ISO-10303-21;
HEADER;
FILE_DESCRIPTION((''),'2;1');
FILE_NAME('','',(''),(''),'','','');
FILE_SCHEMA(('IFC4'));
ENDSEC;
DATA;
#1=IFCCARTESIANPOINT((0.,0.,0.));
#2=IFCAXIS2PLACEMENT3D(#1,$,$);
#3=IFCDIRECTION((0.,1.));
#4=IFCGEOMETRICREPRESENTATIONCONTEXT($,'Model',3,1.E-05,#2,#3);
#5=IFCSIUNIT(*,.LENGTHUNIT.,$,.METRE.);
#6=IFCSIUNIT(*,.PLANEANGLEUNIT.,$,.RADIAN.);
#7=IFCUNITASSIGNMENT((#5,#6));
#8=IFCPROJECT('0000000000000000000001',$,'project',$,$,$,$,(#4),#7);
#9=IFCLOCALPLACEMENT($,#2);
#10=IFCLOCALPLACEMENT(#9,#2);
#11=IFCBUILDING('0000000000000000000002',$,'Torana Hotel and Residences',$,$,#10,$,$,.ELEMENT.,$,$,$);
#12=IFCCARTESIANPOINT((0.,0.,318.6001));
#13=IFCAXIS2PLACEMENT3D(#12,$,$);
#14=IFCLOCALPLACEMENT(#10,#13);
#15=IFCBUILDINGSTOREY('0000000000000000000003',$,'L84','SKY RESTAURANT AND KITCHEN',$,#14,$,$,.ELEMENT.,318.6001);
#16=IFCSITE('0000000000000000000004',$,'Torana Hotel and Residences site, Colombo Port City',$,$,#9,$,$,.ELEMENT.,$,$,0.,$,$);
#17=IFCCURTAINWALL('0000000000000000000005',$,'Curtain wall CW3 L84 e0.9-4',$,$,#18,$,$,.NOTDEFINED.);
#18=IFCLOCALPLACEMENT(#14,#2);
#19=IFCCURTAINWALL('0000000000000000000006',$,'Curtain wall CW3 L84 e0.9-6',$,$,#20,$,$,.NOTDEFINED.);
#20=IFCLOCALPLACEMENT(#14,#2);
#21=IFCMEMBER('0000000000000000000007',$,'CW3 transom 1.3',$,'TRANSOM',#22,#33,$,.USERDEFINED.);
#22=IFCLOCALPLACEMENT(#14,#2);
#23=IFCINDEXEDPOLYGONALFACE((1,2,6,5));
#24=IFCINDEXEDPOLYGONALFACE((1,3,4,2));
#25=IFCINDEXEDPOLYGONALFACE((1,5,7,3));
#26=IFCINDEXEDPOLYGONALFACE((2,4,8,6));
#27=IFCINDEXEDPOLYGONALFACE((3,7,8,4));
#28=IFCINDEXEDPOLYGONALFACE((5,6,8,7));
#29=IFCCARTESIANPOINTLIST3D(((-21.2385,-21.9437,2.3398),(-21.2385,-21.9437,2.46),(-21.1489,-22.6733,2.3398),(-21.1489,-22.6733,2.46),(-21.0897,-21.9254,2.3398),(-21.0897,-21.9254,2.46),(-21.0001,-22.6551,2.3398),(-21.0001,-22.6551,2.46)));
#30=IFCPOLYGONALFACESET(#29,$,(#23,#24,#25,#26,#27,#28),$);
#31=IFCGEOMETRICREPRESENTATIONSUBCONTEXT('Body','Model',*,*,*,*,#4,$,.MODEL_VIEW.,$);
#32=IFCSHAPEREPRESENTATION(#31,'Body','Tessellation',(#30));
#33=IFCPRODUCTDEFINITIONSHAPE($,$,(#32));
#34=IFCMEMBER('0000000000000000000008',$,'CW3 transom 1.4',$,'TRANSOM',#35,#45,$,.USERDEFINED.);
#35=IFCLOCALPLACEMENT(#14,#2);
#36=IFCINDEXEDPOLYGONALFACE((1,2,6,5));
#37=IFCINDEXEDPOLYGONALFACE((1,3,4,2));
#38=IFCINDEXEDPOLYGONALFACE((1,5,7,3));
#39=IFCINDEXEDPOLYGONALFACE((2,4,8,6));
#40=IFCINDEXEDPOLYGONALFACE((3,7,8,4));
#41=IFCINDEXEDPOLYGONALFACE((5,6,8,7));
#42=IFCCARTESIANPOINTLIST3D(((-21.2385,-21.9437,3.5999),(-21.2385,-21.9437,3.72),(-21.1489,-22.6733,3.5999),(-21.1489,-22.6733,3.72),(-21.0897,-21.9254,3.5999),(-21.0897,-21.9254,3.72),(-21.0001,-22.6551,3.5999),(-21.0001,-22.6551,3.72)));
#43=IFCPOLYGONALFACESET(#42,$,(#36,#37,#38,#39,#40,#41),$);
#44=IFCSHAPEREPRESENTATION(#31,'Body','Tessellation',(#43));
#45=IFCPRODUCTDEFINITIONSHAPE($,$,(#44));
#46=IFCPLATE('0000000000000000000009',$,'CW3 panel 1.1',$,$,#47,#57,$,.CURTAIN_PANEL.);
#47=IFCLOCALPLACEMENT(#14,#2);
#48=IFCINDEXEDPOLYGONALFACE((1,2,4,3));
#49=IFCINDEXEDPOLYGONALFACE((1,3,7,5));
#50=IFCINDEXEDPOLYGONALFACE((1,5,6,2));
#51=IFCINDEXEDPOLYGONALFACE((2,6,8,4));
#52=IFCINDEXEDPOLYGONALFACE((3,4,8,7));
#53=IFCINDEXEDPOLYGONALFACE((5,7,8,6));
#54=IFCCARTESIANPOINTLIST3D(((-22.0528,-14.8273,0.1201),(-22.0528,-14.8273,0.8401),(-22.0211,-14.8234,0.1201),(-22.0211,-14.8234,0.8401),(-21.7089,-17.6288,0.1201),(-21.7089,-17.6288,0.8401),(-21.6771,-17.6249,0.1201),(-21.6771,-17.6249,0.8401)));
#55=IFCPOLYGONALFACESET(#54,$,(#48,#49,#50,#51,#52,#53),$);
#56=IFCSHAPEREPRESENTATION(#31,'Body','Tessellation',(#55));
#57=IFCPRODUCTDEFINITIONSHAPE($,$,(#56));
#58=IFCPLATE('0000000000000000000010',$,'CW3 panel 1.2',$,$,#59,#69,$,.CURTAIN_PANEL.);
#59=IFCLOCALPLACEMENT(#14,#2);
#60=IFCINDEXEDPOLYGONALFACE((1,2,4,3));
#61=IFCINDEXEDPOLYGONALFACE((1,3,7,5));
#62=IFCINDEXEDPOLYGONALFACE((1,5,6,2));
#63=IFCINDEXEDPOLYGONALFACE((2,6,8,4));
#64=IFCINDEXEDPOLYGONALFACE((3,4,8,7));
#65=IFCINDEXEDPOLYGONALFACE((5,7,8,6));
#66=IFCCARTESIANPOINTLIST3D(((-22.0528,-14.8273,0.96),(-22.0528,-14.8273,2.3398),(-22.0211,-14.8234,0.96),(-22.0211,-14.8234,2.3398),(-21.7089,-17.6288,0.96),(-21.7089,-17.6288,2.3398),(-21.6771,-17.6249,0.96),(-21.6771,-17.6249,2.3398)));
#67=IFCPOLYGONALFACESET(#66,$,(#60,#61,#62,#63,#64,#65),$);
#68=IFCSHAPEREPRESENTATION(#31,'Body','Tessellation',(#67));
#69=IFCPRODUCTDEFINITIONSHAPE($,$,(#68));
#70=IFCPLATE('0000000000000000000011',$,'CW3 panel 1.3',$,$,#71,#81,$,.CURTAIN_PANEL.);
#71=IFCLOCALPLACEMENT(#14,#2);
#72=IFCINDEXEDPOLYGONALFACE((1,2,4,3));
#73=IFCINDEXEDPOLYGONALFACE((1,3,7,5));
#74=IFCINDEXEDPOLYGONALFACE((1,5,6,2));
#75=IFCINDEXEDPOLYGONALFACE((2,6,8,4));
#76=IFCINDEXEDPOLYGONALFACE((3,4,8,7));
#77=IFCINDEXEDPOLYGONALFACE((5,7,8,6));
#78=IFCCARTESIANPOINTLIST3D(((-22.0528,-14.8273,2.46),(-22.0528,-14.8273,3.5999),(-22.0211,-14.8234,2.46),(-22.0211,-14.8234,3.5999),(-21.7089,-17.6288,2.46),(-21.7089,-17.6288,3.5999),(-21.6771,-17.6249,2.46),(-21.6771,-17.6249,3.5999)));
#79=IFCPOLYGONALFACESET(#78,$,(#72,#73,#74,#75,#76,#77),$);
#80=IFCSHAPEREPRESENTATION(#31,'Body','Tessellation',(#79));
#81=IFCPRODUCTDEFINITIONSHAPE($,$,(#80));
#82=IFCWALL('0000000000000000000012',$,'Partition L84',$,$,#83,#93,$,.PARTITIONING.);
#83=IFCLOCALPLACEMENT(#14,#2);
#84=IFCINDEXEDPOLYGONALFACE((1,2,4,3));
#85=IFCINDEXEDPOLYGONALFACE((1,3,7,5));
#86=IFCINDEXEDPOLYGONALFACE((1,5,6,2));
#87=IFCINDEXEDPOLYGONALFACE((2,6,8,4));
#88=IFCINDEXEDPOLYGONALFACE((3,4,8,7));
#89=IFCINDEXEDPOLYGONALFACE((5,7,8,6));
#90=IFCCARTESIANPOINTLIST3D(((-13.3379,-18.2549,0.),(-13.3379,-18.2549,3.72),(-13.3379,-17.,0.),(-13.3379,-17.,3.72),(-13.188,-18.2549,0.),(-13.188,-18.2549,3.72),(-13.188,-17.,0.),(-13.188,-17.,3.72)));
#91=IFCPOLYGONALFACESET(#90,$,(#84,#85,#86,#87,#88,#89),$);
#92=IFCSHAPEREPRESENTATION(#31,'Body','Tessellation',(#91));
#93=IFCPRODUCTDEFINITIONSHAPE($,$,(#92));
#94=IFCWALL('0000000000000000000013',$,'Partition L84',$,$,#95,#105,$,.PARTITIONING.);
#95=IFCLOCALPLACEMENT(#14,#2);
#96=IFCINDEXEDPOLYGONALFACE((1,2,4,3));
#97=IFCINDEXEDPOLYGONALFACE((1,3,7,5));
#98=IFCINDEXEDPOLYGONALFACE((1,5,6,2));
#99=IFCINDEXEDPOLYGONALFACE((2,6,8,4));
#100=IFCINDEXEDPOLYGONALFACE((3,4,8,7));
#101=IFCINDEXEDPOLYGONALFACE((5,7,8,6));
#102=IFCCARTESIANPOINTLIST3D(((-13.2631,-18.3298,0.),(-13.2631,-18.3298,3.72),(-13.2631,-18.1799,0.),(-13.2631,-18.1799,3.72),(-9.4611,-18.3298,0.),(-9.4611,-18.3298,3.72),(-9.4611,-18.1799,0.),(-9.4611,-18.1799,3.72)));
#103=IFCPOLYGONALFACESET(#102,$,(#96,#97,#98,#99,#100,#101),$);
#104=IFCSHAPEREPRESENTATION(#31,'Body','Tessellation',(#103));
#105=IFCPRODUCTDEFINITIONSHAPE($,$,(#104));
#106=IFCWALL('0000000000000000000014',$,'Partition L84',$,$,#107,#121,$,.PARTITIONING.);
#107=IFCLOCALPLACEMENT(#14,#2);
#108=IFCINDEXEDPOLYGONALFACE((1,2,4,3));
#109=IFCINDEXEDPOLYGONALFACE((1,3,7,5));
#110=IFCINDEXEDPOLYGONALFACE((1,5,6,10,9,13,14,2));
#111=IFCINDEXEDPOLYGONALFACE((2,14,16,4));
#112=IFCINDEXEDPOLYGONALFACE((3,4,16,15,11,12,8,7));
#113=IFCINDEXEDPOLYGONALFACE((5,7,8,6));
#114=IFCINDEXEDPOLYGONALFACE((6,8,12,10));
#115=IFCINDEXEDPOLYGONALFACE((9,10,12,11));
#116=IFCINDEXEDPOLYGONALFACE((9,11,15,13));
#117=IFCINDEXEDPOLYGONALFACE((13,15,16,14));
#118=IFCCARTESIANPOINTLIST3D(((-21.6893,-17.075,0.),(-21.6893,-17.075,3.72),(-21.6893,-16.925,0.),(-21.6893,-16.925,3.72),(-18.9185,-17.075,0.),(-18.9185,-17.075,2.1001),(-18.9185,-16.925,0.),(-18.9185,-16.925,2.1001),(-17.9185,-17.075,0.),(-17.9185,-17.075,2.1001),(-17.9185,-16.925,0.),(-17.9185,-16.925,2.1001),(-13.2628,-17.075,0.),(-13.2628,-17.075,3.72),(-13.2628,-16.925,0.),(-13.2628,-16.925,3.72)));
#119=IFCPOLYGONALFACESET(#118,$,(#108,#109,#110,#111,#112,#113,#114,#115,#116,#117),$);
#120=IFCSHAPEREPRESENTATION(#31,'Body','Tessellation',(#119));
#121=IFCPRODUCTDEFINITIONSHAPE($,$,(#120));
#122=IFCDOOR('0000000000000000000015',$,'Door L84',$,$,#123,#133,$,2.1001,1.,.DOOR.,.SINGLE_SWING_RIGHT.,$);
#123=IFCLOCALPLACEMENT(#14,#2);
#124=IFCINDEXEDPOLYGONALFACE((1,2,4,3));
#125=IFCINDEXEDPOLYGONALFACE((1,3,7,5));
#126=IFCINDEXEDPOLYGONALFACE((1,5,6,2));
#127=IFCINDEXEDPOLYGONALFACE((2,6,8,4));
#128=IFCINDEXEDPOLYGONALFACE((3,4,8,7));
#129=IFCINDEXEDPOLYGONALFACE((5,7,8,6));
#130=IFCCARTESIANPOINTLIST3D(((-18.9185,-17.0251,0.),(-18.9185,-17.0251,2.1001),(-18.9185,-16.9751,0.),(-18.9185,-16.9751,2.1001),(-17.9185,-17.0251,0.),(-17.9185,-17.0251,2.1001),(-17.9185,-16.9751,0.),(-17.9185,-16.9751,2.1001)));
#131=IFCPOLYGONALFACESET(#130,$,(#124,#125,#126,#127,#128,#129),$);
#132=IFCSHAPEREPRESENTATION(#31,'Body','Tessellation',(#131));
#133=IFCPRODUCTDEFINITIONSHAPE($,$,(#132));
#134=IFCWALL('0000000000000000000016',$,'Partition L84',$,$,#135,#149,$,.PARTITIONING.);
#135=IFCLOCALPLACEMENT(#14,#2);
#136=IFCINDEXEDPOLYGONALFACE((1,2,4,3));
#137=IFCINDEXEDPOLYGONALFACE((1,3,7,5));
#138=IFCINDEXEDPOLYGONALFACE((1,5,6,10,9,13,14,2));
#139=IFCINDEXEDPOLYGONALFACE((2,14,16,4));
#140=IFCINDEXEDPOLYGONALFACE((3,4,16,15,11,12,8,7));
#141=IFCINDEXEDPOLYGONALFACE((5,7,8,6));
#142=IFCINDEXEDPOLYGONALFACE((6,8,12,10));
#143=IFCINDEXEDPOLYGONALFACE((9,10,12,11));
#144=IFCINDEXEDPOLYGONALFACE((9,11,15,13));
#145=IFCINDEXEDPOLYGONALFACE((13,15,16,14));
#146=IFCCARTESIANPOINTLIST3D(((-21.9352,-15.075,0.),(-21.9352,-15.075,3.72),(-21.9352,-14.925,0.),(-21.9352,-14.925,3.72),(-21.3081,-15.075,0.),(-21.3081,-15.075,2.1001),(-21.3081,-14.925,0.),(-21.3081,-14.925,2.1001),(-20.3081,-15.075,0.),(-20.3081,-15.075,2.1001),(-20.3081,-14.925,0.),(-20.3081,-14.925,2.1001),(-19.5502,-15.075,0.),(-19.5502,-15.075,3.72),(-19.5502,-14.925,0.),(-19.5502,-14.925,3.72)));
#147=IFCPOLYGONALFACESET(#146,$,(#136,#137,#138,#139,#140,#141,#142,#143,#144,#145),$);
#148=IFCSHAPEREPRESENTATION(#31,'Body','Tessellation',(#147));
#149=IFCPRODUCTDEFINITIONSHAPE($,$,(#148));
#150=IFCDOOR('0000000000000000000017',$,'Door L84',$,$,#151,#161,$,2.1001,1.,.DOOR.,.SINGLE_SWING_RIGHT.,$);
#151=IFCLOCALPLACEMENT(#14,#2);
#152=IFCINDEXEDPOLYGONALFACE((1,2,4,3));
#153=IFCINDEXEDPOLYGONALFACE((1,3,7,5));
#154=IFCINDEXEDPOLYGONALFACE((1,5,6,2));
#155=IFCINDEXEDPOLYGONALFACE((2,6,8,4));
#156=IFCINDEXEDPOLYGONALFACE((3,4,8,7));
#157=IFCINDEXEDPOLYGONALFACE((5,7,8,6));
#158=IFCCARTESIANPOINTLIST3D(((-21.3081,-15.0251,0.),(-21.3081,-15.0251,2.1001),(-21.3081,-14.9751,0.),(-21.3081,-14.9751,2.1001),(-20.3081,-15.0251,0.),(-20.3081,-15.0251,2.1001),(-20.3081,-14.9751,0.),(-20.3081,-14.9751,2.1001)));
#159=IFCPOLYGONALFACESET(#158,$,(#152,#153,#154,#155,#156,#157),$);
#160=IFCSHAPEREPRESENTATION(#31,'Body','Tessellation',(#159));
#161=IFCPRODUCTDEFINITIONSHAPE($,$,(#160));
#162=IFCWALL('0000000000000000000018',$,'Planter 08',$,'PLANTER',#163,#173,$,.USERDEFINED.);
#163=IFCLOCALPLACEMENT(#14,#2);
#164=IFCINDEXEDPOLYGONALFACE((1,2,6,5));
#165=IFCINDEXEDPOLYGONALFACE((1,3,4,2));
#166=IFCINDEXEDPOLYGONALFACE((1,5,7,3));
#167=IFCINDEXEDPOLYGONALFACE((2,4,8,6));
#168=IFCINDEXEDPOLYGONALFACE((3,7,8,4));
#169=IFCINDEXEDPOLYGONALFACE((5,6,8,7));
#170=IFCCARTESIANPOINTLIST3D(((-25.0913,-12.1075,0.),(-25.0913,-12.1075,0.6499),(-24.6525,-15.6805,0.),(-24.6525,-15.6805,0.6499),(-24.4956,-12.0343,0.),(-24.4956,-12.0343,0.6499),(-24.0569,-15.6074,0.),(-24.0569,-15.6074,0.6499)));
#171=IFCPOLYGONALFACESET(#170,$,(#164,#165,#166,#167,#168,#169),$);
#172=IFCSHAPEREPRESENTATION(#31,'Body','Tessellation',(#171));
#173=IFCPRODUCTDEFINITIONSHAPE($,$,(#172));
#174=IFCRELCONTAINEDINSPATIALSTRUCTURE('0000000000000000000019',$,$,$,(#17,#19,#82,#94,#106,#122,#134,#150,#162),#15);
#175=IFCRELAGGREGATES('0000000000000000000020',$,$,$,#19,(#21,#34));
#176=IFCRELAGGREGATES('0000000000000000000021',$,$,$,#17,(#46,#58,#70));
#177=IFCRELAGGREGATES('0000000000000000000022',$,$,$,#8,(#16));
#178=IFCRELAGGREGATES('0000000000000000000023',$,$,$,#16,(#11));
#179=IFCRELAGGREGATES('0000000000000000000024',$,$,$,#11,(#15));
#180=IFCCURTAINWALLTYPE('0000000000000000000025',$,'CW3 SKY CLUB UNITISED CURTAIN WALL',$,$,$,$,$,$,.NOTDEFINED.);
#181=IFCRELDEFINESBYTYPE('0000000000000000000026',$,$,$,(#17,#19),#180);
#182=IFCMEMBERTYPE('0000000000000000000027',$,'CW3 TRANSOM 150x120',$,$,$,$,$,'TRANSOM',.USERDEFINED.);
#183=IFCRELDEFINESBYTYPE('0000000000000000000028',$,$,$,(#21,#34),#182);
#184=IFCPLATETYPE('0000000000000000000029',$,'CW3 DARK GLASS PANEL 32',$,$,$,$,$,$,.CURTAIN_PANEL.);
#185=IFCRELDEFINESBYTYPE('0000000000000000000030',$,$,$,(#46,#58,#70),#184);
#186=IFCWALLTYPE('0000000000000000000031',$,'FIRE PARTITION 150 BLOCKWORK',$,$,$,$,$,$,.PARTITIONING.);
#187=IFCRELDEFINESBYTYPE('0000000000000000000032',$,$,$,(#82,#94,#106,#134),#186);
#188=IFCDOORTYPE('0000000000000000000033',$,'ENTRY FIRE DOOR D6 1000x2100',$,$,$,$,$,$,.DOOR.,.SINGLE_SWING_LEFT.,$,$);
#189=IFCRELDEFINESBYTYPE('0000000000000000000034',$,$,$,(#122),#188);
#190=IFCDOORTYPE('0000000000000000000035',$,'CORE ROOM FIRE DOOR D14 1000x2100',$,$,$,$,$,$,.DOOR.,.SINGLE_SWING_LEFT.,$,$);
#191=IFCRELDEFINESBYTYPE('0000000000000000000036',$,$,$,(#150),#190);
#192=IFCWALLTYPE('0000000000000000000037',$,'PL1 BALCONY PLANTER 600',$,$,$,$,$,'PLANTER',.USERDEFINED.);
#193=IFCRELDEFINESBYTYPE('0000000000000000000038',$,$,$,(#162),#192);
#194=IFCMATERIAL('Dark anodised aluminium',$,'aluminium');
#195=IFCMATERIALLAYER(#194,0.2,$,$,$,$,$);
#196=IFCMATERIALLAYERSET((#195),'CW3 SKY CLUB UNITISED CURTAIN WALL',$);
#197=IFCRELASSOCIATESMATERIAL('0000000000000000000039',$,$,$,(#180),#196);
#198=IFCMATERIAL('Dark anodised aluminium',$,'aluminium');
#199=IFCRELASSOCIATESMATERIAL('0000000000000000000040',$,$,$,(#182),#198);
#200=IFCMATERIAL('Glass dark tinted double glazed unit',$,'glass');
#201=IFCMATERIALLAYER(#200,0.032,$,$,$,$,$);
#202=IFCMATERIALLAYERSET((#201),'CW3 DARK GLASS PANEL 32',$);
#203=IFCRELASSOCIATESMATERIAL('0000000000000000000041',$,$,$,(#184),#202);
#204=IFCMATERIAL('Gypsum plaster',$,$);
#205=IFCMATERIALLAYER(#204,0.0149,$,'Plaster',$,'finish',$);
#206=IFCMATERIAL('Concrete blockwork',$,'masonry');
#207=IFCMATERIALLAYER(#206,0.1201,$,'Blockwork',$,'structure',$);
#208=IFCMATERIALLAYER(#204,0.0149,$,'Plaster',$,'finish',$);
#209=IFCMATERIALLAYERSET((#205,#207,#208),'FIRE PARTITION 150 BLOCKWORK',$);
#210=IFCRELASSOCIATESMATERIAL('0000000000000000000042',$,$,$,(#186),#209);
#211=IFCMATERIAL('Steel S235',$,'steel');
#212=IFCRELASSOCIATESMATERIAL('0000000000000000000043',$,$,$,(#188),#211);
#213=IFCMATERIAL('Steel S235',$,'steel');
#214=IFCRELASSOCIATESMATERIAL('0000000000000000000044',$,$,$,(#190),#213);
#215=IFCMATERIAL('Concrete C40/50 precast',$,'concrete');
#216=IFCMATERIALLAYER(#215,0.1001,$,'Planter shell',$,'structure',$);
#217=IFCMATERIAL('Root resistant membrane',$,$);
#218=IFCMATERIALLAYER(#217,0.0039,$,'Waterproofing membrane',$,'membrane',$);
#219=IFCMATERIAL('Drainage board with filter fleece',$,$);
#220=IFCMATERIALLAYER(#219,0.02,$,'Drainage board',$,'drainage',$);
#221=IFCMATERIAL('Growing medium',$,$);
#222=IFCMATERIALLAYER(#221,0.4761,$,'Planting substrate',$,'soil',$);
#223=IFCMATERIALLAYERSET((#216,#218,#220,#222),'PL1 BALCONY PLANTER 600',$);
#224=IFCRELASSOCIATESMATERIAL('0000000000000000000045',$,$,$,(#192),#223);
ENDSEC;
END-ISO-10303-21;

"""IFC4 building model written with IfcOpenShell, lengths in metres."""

from ifc_helpers import new_model, si_unit, direction, frame, frame_2d, origin, origin_2d, place, context, subcontext, project, spatial, rectangle, extrude, material, layer, layer_set, material_profile, profile_set, type_object, element, fill, aggregate, save


model = new_model("IFC4")

# Units and contexts
model_context = context("Model", 3, precision=1e-05, world=origin(), true_north=direction((0.0, 1.0)))
body_context = subcontext(model_context, "Body", "Model", "MODEL_VIEW")
ifc_project = project(units=[si_unit("LENGTHUNIT", "METRE"), si_unit("PLANEANGLEUNIT", "RADIAN")], contexts=[model_context])

# Site, building, storey
site_placement = place(None, origin())
site = spatial("IfcSite", under=ifc_project, at=site_placement, Name="Torana Hotel and Residences site, Colombo Port City", CompositionType="ELEMENT", RefElevation=0.0)
building_placement = place(site_placement, origin())
building = spatial("IfcBuilding", under=site, at=building_placement, Name="Torana Hotel and Residences", CompositionType="ELEMENT")
storey_placement = place(building_placement, frame((0.0, 0.0, 318.6001)))
storey = spatial("IfcBuildingStorey", under=building, at=storey_placement, Name="L84", Description="SKY RESTAURANT AND KITCHEN", CompositionType="ELEMENT", Elevation=318.6001)

# Curtain wall
ifc_material_1 = material(Name="Dark anodised aluminium", Category="aluminium")
ifc_layer_1 = layer(ifc_material_1, 0.2)
ifc_layer_set_1 = layer_set([ifc_layer_1], Name="CW3 SKY CLUB UNITISED CURTAIN WALL")
curtain_wall_type = type_object("IfcCurtainWallType", Name="CW3 SKY CLUB UNITISED CURTAIN WALL", PredefinedType="NOTDEFINED", material=ifc_layer_set_1)
curtain_wall_1_placement = place(storey_placement, origin())
curtain_wall_1 = element("IfcCurtainWall", 1, at=curtain_wall_1_placement, inside=storey, type_object=curtain_wall_type, Name="Curtain wall CW3 L84 e0.9-4", PredefinedType="NOTDEFINED")

# Curtain wall, members
curtain_wall_2_placement = place(storey_placement, origin())
curtain_wall_2 = element("IfcCurtainWall", 2, at=curtain_wall_2_placement, inside=storey, type_object=curtain_wall_type, Name="Curtain wall CW3 L84 e0.9-6", PredefinedType="NOTDEFINED")
ifc_material_2 = material(Name="Dark anodised aluminium", Category="aluminium")
ifc_material_profile_1 = material_profile(ifc_material_2, rectangle(XDim=0.1499, YDim=0.1201, at=origin_2d()), Name="CW3 TRANSOM 150x120")
ifc_profile_set_1 = profile_set([ifc_material_profile_1], Name="Dark anodised aluminium")
member_type_1 = type_object("IfcMemberType", Name="CW3 TRANSOM 150x120", ElementType="TRANSOM", PredefinedType="USERDEFINED", material=ifc_profile_set_1)
member_1_placement = place(storey_placement, frame((-21.1641, -21.9346, 2.3999), z_axis=(0.121868, -0.992546, 0.0), x_axis=(0.992546, 0.121868, 0.0)))
member_1 = element("IfcMember", 3, at=member_1_placement, type_object=member_type_1, Name="CW3 transom 1.3", ObjectType="TRANSOM", PredefinedType="USERDEFINED", context=body_context, shape_type="SweptSolid", body=[
    extrude(rectangle(XDim=0.1499, YDim=0.1201, at=origin_2d()), origin(), (0.0, 0.0, 1.0), 0.7351),
])
member_2_placement = place(storey_placement, frame((-21.1641, -21.9346, 3.6599), z_axis=(0.121868, -0.992546, 0.0), x_axis=(0.992546, 0.121868, 0.0)))
member_2 = element("IfcMember", 4, at=member_2_placement, type_object=member_type_1, Name="CW3 transom 1.4", ObjectType="TRANSOM", PredefinedType="USERDEFINED", context=body_context, shape_type="SweptSolid", body=[
    extrude(rectangle(XDim=0.1499, YDim=0.1201, at=origin_2d()), origin(), (0.0, 0.0, 1.0), 0.7351),
])
aggregate(curtain_wall_2, [member_1, member_2])

# Plates
ifc_material_3 = material(Name="Glass dark tinted double glazed unit", Category="glass")
ifc_layer_2 = layer(ifc_material_3, 0.032)
ifc_layer_set_2 = layer_set([ifc_layer_2], Name="CW3 DARK GLASS PANEL 32")
plate_type = type_object("IfcPlateType", Name="CW3 DARK GLASS PANEL 32", PredefinedType="CURTAIN_PANEL", material=ifc_layer_set_2)
plate_1_placement = place(storey_placement, frame((-21.865, -16.2261, 0.1201), z_axis=(0.0, 0.0, 1.0), x_axis=(0.121857, -0.992548, 0.0)))
plate_1 = element("IfcPlate", 5, at=plate_1_placement, type_object=plate_type, Name="CW3 panel 1.1", PredefinedType="CURTAIN_PANEL", context=body_context, shape_type="SweptSolid", body=[
    extrude(rectangle(XDim=2.8225, YDim=0.032, at=origin_2d()), origin(), (0.0, 0.0, 1.0), 0.72),
])
plate_2_placement = place(storey_placement, frame((-21.865, -16.2261, 0.96), z_axis=(0.0, 0.0, 1.0), x_axis=(0.121857, -0.992548, 0.0)))
plate_2 = element("IfcPlate", 6, at=plate_2_placement, type_object=plate_type, Name="CW3 panel 1.2", PredefinedType="CURTAIN_PANEL", context=body_context, shape_type="SweptSolid", body=[
    extrude(rectangle(XDim=2.8225, YDim=0.032, at=origin_2d()), origin(), (0.0, 0.0, 1.0), 1.3799),
])
plate_3_placement = place(storey_placement, frame((-21.865, -16.2261, 2.46), z_axis=(0.0, 0.0, 1.0), x_axis=(0.121857, -0.992548, 0.0)))
plate_3 = element("IfcPlate", 7, at=plate_3_placement, type_object=plate_type, Name="CW3 panel 1.3", PredefinedType="CURTAIN_PANEL", context=body_context, shape_type="SweptSolid", body=[
    extrude(rectangle(XDim=2.8225, YDim=0.032, at=origin_2d()), origin(), (0.0, 0.0, 1.0), 1.1399),
])
aggregate(curtain_wall_1, [plate_1, plate_2, plate_3])

# Walls
ifc_material_4 = material(Name="Gypsum plaster")
ifc_layer_3 = layer(ifc_material_4, 0.0149, Name="Plaster", Category="finish")
ifc_material_5 = material(Name="Concrete blockwork", Category="masonry")
ifc_layer_4 = layer(ifc_material_5, 0.1201, Name="Blockwork", Category="structure")
ifc_layer_5 = layer(ifc_material_4, 0.0149, Name="Plaster", Category="finish")
ifc_layer_set_3 = layer_set([ifc_layer_3, ifc_layer_4, ifc_layer_5], Name="FIRE PARTITION 150 BLOCKWORK")
wall_type_1 = type_object("IfcWallType", Name="FIRE PARTITION 150 BLOCKWORK", PredefinedType="PARTITIONING", material=ifc_layer_set_3)
wall_1_placement = place(storey_placement, frame((-13.2629, -18.2549, 0.0), z_axis=(0.0, 0.0, 1.0), x_axis=(0.0, 1.0, 0.0)))
element("IfcWall", 8, at=wall_1_placement, inside=storey, type_object=wall_type_1, Name="Partition L84", PredefinedType="PARTITIONING", context=body_context, shape_type="SweptSolid", body=[
    extrude(rectangle(XDim=1.2549, YDim=0.1499, at=frame_2d((0.6274, 0.0))), origin(), (0.0, 0.0, 1.0), 3.72),
])
wall_2_placement = place(storey_placement, frame((-13.2629, -18.2549, 0.0), z_axis=(0.0, 0.0, 1.0), x_axis=(1.0, 0.0, 0.0)))
element("IfcWall", 9, at=wall_2_placement, inside=storey, type_object=wall_type_1, Name="Partition L84", PredefinedType="PARTITIONING", context=body_context, shape_type="SweptSolid", body=[
    extrude(rectangle(XDim=3.802, YDim=0.1499, at=frame_2d((1.9009, 0.0))), origin(), (0.0, 0.0, 1.0), 3.72),
])

# Walls, openings, doors
wall_3_placement = place(storey_placement, frame((-21.6895, -17.0, 0.0), z_axis=(0.0, 0.0, 1.0), x_axis=(1.0, 0.0, 0.0)))
wall_3 = element("IfcWall", 10, at=wall_3_placement, inside=storey, type_object=wall_type_1, Name="Partition L84", PredefinedType="PARTITIONING", context=body_context, shape_type="SweptSolid", body=[
    extrude(rectangle(XDim=8.4265, YDim=0.1499, at=frame_2d((4.2134, 0.0))), origin(), (0.0, 0.0, 1.0), 3.72),
])
opening_1_placement = place(wall_3_placement, frame((2.771, 0.0, 0.0)))
opening_1 = element("IfcOpeningElement", 11, at=opening_1_placement, cuts=wall_3, PredefinedType="OPENING", context=body_context, shape_type="SweptSolid", body=[
    extrude(rectangle(XDim=1.0, YDim=2.1001, at=frame_2d((0.5, 1.05))), frame((0.0, 0.085, 0.0), z_axis=(0.0, -1.0, 0.0), x_axis=(1.0, 0.0, 0.0)), (0.0, 0.0, 1.0), 0.1699),
])
ifc_material_6 = material(Name="Steel S235", Category="steel")
door_type_1 = type_object("IfcDoorType", Name="ENTRY FIRE DOOR D6 1000x2100", OperationType="SINGLE_SWING_LEFT", PredefinedType="DOOR", material=ifc_material_6)
door_1_placement = place(opening_1_placement, frame((0.5, 0.0, 0.0), z_axis=(0.0, 0.0, 1.0), x_axis=(-1.0, 0.0, 0.0)))
door_1 = element("IfcDoor", 12, at=door_1_placement, inside=storey, type_object=door_type_1, Name="Door L84", OperationType="SINGLE_SWING_RIGHT", OverallHeight=2.1001, OverallWidth=1.0, PredefinedType="DOOR", context=body_context, shape_type="SweptSolid", body=[
    extrude(rectangle(XDim=1.0, YDim=2.1001, at=frame_2d((0.0, 1.05))), frame((0.0, -0.0249, 0.0), z_axis=(0.0, 1.0, 0.0), x_axis=(-1.0, 0.0, 0.0)), (0.0, 0.0, 1.0), 0.05),
])
fill(opening_1, door_1)
wall_4_placement = place(storey_placement, frame((-21.9351, -15.0, 0.0), z_axis=(0.0, 0.0, 1.0), x_axis=(1.0, 0.0, 0.0)))
wall_4 = element("IfcWall", 13, at=wall_4_placement, inside=storey, type_object=wall_type_1, Name="Partition L84", PredefinedType="PARTITIONING", context=body_context, shape_type="SweptSolid", body=[
    extrude(rectangle(XDim=2.385, YDim=0.1499, at=frame_2d((1.1924, 0.0))), origin(), (0.0, 0.0, 1.0), 3.72),
])
opening_2_placement = place(wall_4_placement, frame((0.627, 0.0, 0.0)))
opening_2 = element("IfcOpeningElement", 14, at=opening_2_placement, cuts=wall_4, PredefinedType="OPENING", context=body_context, shape_type="SweptSolid", body=[
    extrude(rectangle(XDim=1.0, YDim=2.1001, at=frame_2d((0.5, 1.05))), frame((0.0, 0.085, 0.0), z_axis=(0.0, -1.0, 0.0), x_axis=(1.0, 0.0, 0.0)), (0.0, 0.0, 1.0), 0.1699),
])
ifc_material_7 = material(Name="Steel S235", Category="steel")
door_type_2 = type_object("IfcDoorType", Name="CORE ROOM FIRE DOOR D14 1000x2100", OperationType="SINGLE_SWING_LEFT", PredefinedType="DOOR", material=ifc_material_7)
door_2_placement = place(opening_2_placement, origin())
door_2 = element("IfcDoor", 15, at=door_2_placement, inside=storey, type_object=door_type_2, Name="Door L84", OperationType="SINGLE_SWING_RIGHT", OverallHeight=2.1001, OverallWidth=1.0, PredefinedType="DOOR", context=body_context, shape_type="SweptSolid", body=[
    extrude(rectangle(XDim=1.0, YDim=2.1001, at=frame_2d((0.5, 1.05))), frame((0.0, 0.0249, 0.0), z_axis=(0.0, -1.0, 0.0), x_axis=(1.0, 0.0, 0.0)), (0.0, 0.0, 1.0), 0.05),
])
fill(opening_2, door_2)

# Wall
ifc_material_8 = material(Name="Concrete C40/50 precast", Category="concrete")
ifc_layer_6 = layer(ifc_material_8, 0.1001, Name="Planter shell", Category="structure")
ifc_material_9 = material(Name="Root resistant membrane")
ifc_layer_7 = layer(ifc_material_9, 0.0039, Name="Waterproofing membrane", Category="membrane")
ifc_material_10 = material(Name="Drainage board with filter fleece")
ifc_layer_8 = layer(ifc_material_10, 0.02, Name="Drainage board", Category="drainage")
ifc_material_11 = material(Name="Growing medium")
ifc_layer_9 = layer(ifc_material_11, 0.4761, Name="Planting substrate", Category="soil")
ifc_layer_set_4 = layer_set([ifc_layer_6, ifc_layer_7, ifc_layer_8, ifc_layer_9], Name="PL1 BALCONY PLANTER 600")
wall_type_2 = type_object("IfcWallType", Name="PL1 BALCONY PLANTER 600", ElementType="PLANTER", PredefinedType="USERDEFINED", material=ifc_layer_set_4)
wall_5_placement = place(storey_placement, frame((-24.3547, -15.6438, 0.0), z_axis=(0.0, 0.0, 1.0), x_axis=(-0.121873, 0.992546, 0.0)))
element("IfcWall", 16, at=wall_5_placement, inside=storey, type_object=wall_type_2, Name="Planter 08", ObjectType="PLANTER", PredefinedType="USERDEFINED", context=body_context, shape_type="SweptSolid", body=[
    extrude(rectangle(XDim=3.5999, YDim=0.6001, at=frame_2d((1.7998, 0.0))), origin(), (0.0, 0.0, 1.0), 0.6499),
])

save(model, "model.ifc")
